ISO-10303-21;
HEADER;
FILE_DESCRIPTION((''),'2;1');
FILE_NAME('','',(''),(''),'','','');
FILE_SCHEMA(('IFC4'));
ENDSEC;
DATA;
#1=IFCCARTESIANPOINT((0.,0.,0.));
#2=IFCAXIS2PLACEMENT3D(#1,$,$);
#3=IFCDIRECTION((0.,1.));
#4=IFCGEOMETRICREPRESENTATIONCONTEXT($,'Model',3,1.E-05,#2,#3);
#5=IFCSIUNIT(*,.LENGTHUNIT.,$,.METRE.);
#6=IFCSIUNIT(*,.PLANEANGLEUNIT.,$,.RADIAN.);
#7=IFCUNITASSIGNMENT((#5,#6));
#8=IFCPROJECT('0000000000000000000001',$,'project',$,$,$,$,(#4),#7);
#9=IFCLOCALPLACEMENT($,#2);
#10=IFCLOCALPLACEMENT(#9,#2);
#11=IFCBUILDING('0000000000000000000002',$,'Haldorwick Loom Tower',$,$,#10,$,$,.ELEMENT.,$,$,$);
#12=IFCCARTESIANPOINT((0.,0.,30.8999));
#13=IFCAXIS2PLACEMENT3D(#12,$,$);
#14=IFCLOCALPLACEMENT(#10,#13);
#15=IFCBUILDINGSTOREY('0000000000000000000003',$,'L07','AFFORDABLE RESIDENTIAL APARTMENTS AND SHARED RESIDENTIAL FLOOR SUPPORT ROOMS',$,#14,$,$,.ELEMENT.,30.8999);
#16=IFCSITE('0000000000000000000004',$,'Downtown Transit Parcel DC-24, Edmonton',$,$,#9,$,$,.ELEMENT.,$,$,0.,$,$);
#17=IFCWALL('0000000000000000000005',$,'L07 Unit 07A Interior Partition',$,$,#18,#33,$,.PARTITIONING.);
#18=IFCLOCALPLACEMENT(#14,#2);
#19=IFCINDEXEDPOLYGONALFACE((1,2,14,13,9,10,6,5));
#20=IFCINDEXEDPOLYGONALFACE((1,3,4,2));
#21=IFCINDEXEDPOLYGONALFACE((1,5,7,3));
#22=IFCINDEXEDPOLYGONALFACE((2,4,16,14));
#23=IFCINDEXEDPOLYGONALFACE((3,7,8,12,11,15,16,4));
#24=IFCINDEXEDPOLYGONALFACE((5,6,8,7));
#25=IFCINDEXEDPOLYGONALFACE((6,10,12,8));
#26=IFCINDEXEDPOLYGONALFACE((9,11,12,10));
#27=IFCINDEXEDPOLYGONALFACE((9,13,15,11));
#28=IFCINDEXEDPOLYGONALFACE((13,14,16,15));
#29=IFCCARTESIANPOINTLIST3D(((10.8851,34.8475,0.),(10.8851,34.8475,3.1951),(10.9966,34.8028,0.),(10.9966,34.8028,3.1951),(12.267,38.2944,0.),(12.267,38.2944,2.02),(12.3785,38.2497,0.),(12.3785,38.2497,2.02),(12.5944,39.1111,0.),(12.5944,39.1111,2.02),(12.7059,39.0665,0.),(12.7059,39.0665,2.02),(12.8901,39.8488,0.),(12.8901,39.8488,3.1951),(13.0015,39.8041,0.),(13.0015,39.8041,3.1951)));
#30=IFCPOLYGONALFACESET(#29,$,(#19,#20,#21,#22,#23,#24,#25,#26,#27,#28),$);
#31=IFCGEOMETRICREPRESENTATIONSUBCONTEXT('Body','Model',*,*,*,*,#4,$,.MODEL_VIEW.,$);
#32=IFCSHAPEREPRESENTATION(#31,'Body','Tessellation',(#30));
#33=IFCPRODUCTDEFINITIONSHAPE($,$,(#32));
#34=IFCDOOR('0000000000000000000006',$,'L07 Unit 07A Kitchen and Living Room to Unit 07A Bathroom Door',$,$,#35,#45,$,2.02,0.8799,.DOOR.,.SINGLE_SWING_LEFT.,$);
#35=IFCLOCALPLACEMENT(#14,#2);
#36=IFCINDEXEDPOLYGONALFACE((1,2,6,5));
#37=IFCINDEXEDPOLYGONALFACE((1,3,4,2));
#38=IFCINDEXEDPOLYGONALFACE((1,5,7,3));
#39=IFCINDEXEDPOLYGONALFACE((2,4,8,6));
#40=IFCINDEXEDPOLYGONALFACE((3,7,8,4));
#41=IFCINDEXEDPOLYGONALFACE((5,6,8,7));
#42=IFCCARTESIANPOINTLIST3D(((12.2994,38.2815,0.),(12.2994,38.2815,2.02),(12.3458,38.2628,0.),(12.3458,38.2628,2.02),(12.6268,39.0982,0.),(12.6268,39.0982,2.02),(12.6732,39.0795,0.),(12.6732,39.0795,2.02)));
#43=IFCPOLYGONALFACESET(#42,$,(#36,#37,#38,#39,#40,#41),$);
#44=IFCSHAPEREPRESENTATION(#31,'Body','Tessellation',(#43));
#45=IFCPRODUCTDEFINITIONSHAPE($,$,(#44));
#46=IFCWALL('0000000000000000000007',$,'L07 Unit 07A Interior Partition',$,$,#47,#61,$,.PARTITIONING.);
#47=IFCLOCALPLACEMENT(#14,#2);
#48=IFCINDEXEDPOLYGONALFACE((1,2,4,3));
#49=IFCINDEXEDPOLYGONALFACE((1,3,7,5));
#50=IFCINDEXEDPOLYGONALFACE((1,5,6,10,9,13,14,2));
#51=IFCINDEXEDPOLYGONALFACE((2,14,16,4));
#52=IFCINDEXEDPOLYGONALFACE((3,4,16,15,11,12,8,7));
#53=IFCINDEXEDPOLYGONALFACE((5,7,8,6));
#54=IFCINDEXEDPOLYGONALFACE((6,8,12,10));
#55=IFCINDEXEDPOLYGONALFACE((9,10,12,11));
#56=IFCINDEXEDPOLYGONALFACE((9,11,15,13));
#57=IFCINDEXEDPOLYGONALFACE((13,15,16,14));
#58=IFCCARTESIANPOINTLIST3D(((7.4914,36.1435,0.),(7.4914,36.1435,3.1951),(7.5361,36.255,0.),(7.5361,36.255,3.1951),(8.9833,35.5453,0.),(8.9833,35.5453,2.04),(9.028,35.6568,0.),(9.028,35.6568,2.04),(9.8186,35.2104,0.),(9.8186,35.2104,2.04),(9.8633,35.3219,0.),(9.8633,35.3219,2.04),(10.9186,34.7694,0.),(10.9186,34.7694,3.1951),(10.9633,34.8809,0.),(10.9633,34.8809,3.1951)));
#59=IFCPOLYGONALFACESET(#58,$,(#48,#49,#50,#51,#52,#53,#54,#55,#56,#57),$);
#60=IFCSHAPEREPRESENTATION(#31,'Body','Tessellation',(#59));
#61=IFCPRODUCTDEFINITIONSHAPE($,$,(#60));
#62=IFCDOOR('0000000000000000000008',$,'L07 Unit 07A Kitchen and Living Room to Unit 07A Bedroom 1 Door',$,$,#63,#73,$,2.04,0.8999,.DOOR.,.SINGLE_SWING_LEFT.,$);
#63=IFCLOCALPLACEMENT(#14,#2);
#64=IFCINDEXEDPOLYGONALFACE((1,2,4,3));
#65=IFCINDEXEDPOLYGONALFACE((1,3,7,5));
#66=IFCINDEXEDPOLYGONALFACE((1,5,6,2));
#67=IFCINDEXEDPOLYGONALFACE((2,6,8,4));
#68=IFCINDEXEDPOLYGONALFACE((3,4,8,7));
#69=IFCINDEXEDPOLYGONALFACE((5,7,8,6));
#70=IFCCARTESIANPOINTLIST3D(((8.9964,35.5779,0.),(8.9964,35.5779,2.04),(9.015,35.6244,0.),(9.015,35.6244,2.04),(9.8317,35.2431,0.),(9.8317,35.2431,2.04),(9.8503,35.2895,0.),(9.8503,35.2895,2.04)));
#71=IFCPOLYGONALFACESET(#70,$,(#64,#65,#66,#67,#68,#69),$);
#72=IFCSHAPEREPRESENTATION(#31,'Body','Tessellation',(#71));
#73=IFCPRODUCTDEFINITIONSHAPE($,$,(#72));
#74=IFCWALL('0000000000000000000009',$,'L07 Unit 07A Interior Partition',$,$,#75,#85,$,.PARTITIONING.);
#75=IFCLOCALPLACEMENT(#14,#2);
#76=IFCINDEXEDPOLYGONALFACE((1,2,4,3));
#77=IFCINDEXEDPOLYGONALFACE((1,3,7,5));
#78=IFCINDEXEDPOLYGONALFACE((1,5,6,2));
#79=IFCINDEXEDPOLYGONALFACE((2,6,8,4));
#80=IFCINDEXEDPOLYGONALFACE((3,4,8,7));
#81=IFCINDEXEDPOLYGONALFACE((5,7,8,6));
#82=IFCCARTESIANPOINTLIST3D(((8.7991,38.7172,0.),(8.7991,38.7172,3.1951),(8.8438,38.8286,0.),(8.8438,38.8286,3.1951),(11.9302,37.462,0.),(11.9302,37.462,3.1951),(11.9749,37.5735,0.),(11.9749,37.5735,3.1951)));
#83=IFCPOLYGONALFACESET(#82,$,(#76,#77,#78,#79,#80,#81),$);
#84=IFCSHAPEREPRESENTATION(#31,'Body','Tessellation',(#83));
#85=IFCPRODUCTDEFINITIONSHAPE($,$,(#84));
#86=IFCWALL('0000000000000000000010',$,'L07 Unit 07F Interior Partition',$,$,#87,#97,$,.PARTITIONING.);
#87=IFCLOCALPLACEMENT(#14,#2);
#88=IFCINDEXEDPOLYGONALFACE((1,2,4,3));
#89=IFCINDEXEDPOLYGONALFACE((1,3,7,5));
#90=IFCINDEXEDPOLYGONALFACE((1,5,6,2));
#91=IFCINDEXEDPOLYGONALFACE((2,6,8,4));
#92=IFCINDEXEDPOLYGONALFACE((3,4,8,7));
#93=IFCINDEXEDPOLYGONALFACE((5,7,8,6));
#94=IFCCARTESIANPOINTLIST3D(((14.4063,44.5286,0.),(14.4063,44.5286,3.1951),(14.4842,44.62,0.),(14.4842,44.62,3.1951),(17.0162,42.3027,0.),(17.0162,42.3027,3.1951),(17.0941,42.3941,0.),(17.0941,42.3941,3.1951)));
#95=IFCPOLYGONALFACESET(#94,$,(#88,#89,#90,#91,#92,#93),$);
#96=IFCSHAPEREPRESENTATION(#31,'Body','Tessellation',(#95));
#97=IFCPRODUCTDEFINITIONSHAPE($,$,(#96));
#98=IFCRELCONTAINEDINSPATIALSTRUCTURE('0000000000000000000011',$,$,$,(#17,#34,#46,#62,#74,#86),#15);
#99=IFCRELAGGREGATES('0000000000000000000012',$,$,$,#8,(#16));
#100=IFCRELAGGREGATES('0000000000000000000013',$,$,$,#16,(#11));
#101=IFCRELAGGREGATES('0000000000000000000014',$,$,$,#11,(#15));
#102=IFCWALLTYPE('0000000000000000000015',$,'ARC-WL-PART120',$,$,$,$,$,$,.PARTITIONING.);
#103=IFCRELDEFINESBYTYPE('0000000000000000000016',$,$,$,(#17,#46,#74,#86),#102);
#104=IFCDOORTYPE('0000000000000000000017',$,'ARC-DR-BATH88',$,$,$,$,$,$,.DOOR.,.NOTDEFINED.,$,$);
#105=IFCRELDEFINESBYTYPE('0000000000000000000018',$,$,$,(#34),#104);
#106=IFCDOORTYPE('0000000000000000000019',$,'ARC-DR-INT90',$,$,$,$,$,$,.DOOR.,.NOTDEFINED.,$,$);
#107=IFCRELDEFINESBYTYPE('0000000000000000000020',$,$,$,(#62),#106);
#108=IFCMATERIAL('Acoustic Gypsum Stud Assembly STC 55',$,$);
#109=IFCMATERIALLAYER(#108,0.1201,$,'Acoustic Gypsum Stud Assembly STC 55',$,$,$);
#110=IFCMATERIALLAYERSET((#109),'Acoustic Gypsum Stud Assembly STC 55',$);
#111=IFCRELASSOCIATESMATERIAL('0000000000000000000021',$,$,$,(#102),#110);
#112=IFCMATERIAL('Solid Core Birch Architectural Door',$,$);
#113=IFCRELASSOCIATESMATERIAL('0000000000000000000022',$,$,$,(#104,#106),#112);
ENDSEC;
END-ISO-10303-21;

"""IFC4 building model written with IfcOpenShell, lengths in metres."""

from ifc_helpers import new_model, si_unit, direction, frame, frame_2d, origin, place, context, subcontext, project, spatial, rectangle, extrude, material, layer, layer_set, type_object, element, fill, save


model = new_model("IFC4")

# Units and contexts
model_context = context("Model", 3, precision=1e-05, world=origin(), true_north=direction((0.0, 1.0)))
body_context = subcontext(model_context, "Body", "Model", "MODEL_VIEW")
ifc_project = project(units=[si_unit("LENGTHUNIT", "METRE"), si_unit("PLANEANGLEUNIT", "RADIAN")], contexts=[model_context])

# Site, building, storey
site_placement = place(None, origin())
site = spatial("IfcSite", under=ifc_project, at=site_placement, Name="Downtown Transit Parcel DC-24, Edmonton", CompositionType="ELEMENT", RefElevation=0.0)
building_placement = place(site_placement, origin())
building = spatial("IfcBuilding", under=site, at=building_placement, Name="Haldorwick Loom Tower", CompositionType="ELEMENT")
storey_placement = place(building_placement, frame((0.0, 0.0, 30.8999)))
storey = spatial("IfcBuildingStorey", under=building, at=storey_placement, Name="L07", Description="AFFORDABLE RESIDENTIAL APARTMENTS AND SHARED RESIDENTIAL FLOOR SUPPORT ROOMS", CompositionType="ELEMENT", Elevation=30.8999)

# Shared definitions
ifc_material_1 = material(Name="Acoustic Gypsum Stud Assembly STC 55")
ifc_layer_1 = layer(ifc_material_1, 0.1201, Name="Acoustic Gypsum Stud Assembly STC 55")
ifc_layer_set_1 = layer_set([ifc_layer_1], Name="Acoustic Gypsum Stud Assembly STC 55")
wall_type_1 = type_object("IfcWallType", Name="ARC-WL-PART120", PredefinedType="PARTITIONING", material=ifc_layer_set_1)

# Walls, openings, doors
wall_1_placement = place(storey_placement, frame((12.9458, 39.8264, 0.0), z_axis=(0.0, 0.0, 1.0), x_axis=(-0.372094, -0.928195, 0.0)))
wall_1 = element("IfcWall", 1, at=wall_1_placement, inside=storey, type_object=wall_type_1, Name="L07 Unit 07A Interior Partition", PredefinedType="PARTITIONING", context=body_context, shape_type="SweptSolid", body=[
    extrude(rectangle(XDim=5.3882, YDim=0.1201, at=frame_2d((2.6941, 0.0))), origin(), (0.0, 0.0, 1.0), 3.1951),
])
opening_1_placement = place(wall_1_placement, frame((0.7947, 0.0, 0.0)))
opening_1 = element("IfcOpeningElement", 2, at=opening_1_placement, cuts=wall_1, PredefinedType="OPENING", context=body_context, shape_type="SweptSolid", body=[
    extrude(rectangle(XDim=0.8799, YDim=2.02, at=frame_2d((0.4399, 1.01))), frame((0.0, 0.0701, 0.0), z_axis=(0.0, -1.0, 0.0), x_axis=(1.0, 0.0, 0.0)), (0.0, 0.0, 1.0), 0.1401),
])
ifc_material_2 = material(Name="Solid Core Birch Architectural Door")
door_type_1 = type_object("IfcDoorType", Name="ARC-DR-BATH88", OperationType="NOTDEFINED", PredefinedType="DOOR", material=ifc_material_2)
door_1_placement = place(opening_1_placement, origin())
door_1 = element("IfcDoor", 3, at=door_1_placement, inside=storey, type_object=door_type_1, Name="L07 Unit 07A Kitchen and Living Room to Unit 07A Bathroom Door", OperationType="SINGLE_SWING_LEFT", OverallHeight=2.02, OverallWidth=0.8799, PredefinedType="DOOR", context=body_context, shape_type="SweptSolid", body=[
    extrude(rectangle(XDim=0.8799, YDim=2.02, at=frame_2d((0.4399, 1.01))), frame((0.0, 0.0249, 0.0), z_axis=(0.0, -1.0, 0.0), x_axis=(1.0, 0.0, 0.0)), (0.0, 0.0, 1.0), 0.05),
])
fill(opening_1, door_1)
wall_2_placement = place(storey_placement, frame((10.9409, 34.8252, 0.0), z_axis=(0.0, 0.0, 1.0), x_axis=(-0.928185, 0.37212, 0.0)))
wall_2 = element("IfcWall", 4, at=wall_2_placement, inside=storey, type_object=wall_type_1, Name="L07 Unit 07A Interior Partition", PredefinedType="PARTITIONING", context=body_context, shape_type="SweptSolid", body=[
    extrude(rectangle(XDim=3.6924, YDim=0.1201, at=frame_2d((1.8462, 0.0))), origin(), (0.0, 0.0, 1.0), 3.1951),
])
opening_2_placement = place(wall_2_placement, frame((1.1851, 0.0, 0.0)))
opening_2 = element("IfcOpeningElement", 5, at=opening_2_placement, cuts=wall_2, PredefinedType="OPENING", context=body_context, shape_type="SweptSolid", body=[
    extrude(rectangle(XDim=0.8999, YDim=2.04, at=frame_2d((0.45, 1.02))), frame((0.0, 0.0701, 0.0), z_axis=(0.0, -1.0, 0.0), x_axis=(1.0, 0.0, 0.0)), (0.0, 0.0, 1.0), 0.1401),
])
door_type_2 = type_object("IfcDoorType", Name="ARC-DR-INT90", OperationType="NOTDEFINED", PredefinedType="DOOR", material=ifc_material_2)
door_2_placement = place(opening_2_placement, origin())
door_2 = element("IfcDoor", 6, at=door_2_placement, inside=storey, type_object=door_type_2, Name="L07 Unit 07A Kitchen and Living Room to Unit 07A Bedroom 1 Door", OperationType="SINGLE_SWING_LEFT", OverallHeight=2.04, OverallWidth=0.8999, PredefinedType="DOOR", context=body_context, shape_type="SweptSolid", body=[
    extrude(rectangle(XDim=0.8999, YDim=2.04, at=frame_2d((0.45, 1.02))), frame((0.0, 0.0249, 0.0), z_axis=(0.0, -1.0, 0.0), x_axis=(1.0, 0.0, 0.0)), (0.0, 0.0, 1.0), 0.05),
])
fill(opening_2, door_2)

# Walls
wall_3_placement = place(storey_placement, frame((11.9524, 37.5178, 0.0), z_axis=(0.0, 0.0, 1.0), x_axis=(-0.928202, 0.372077, 0.0)))
element("IfcWall", 7, at=wall_3_placement, inside=storey, type_object=wall_type_1, Name="L07 Unit 07A Interior Partition", PredefinedType="PARTITIONING", context=body_context, shape_type="SweptSolid", body=[
    extrude(rectangle(XDim=3.3733, YDim=0.1201, at=frame_2d((1.6865, 0.0))), origin(), (0.0, 0.0, 1.0), 3.1951),
])
wall_4_placement = place(storey_placement, frame((17.0552, 42.3484, 0.0), z_axis=(0.0, 0.0, 1.0), x_axis=(-0.760867, 0.648908, 0.0)))
element("IfcWall", 8, at=wall_4_placement, inside=storey, type_object=wall_type_1, Name="L07 Unit 07F Interior Partition", PredefinedType="PARTITIONING", context=body_context, shape_type="SweptSolid", body=[
    extrude(rectangle(XDim=3.4302, YDim=0.1201, at=frame_2d((1.7151, 0.0))), origin(), (0.0, 0.0, 1.0), 3.1951),
])

save(model, "model.ifc")
